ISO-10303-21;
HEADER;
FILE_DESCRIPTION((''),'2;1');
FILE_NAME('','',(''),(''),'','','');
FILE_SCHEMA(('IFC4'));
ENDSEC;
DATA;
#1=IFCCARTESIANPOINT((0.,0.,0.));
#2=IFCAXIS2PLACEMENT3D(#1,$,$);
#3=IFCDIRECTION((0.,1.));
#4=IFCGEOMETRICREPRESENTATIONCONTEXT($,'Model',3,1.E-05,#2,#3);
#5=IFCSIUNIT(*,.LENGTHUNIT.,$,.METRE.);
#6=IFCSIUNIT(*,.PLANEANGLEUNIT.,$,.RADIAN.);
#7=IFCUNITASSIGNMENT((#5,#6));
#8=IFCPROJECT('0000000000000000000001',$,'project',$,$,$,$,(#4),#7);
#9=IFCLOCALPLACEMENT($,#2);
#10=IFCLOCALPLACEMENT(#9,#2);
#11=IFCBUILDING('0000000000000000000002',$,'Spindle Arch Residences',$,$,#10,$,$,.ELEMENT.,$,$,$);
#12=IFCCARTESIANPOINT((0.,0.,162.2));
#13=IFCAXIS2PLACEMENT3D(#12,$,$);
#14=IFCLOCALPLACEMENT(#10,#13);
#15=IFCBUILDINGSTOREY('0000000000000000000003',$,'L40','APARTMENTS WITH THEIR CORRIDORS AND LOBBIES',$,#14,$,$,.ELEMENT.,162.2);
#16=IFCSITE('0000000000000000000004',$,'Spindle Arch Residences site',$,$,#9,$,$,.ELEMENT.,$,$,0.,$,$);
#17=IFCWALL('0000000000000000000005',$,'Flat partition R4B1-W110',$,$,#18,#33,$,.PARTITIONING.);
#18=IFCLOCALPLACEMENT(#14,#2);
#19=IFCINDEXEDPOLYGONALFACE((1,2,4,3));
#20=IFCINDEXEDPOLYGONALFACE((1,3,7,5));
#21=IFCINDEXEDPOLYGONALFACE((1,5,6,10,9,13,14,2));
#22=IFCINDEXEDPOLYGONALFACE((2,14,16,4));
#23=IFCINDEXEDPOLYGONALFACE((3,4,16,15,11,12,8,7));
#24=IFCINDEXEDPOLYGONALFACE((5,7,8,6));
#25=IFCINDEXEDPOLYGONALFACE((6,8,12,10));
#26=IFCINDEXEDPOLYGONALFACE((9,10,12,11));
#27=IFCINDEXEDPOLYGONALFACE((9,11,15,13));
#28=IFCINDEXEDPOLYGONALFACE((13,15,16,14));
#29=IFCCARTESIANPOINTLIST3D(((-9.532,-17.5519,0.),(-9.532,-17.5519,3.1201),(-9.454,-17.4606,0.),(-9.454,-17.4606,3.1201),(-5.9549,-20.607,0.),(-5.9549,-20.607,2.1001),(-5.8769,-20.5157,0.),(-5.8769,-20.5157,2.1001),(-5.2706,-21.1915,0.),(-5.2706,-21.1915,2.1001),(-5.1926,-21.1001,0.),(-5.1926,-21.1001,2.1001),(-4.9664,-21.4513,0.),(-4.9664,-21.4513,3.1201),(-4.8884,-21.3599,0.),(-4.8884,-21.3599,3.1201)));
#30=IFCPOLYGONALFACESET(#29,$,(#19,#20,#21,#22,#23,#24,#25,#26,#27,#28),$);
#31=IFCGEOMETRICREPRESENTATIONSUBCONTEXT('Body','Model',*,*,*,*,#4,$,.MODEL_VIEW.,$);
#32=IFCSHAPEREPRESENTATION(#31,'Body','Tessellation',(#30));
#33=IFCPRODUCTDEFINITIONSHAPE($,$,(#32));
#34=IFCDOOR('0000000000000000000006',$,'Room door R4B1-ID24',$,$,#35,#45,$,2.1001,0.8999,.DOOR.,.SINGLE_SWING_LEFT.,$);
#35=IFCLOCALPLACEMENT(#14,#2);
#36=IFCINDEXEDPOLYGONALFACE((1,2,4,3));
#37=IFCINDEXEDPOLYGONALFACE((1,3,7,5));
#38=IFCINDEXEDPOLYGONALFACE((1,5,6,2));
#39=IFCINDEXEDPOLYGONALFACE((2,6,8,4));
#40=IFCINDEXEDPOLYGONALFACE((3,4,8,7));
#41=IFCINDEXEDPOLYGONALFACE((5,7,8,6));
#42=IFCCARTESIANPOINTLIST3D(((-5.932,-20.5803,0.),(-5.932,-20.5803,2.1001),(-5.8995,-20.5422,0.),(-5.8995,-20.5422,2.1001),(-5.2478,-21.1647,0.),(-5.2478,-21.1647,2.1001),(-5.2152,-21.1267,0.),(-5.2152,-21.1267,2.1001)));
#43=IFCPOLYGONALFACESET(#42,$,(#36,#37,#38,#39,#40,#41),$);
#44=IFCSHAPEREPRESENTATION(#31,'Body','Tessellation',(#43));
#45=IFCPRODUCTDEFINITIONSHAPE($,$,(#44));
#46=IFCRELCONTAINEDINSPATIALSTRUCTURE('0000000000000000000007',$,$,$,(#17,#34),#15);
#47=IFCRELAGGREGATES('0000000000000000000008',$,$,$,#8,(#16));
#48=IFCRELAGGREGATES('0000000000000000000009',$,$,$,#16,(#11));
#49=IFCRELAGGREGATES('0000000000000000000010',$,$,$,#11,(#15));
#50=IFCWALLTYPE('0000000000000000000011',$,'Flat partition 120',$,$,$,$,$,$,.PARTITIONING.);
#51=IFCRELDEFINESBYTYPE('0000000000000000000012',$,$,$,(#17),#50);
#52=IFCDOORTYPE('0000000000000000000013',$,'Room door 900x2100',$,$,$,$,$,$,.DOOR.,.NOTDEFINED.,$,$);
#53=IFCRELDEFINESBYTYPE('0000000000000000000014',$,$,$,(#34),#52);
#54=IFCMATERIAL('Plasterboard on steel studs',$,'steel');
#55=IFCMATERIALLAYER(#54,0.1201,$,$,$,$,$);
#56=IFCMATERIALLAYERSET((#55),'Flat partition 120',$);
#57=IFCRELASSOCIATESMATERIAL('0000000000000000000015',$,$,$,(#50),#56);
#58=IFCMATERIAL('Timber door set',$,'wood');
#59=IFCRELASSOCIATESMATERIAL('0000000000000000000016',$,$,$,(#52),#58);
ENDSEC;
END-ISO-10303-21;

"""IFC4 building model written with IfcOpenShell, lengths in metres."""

from ifc_helpers import new_model, si_unit, direction, frame, frame_2d, origin, place, context, subcontext, project, spatial, rectangle, extrude, material, layer, layer_set, type_object, element, fill, save


model = new_model("IFC4")

# Units and contexts
model_context = context("Model", 3, precision=1e-05, world=origin(), true_north=direction((0.0, 1.0)))
body_context = subcontext(model_context, "Body", "Model", "MODEL_VIEW")
ifc_project = project(units=[si_unit("LENGTHUNIT", "METRE"), si_unit("PLANEANGLEUNIT", "RADIAN")], contexts=[model_context])

# Site, building, storey
site_placement = place(None, origin())
site = spatial("IfcSite", under=ifc_project, at=site_placement, Name="Spindle Arch Residences site", CompositionType="ELEMENT", RefElevation=0.0)
building_placement = place(site_placement, origin())
building = spatial("IfcBuilding", under=site, at=building_placement, Name="Spindle Arch Residences", CompositionType="ELEMENT")
storey_placement = place(building_placement, frame((0.0, 0.0, 162.2)))
storey = spatial("IfcBuildingStorey", under=building, at=storey_placement, Name="L40", Description="APARTMENTS WITH THEIR CORRIDORS AND LOBBIES", CompositionType="ELEMENT", Elevation=162.2)

# Shared definitions
ifc_material_1 = material(Name="Plasterboard on steel studs", Category="steel")
ifc_layer_1 = layer(ifc_material_1, 0.1201)
ifc_layer_set_1 = layer_set([ifc_layer_1], Name="Flat partition 120")
wall_type = type_object("IfcWallType", Name="Flat partition 120", PredefinedType="PARTITIONING", material=ifc_layer_set_1)
ifc_material_2 = material(Name="Timber door set", Category="wood")
door_type_1 = type_object("IfcDoorType", Name="Room door 900x2100", OperationType="NOTDEFINED", PredefinedType="DOOR", material=ifc_material_2)

# Wall, opening, door
wall_1_placement = place(storey_placement, frame((-4.9275, -21.4055, 0.0), z_axis=(0.0, 0.0, 1.0), x_axis=(-0.760409, 0.649444, 0.0)))
wall_1 = element("IfcWall", 1, at=wall_1_placement, inside=storey, type_object=wall_type, Name="Flat partition R4B1-W110", PredefinedType="PARTITIONING", context=body_context, shape_type="SweptSolid", body=[
    extrude(rectangle(XDim=6.0042, YDim=0.1201, at=frame_2d((3.002, 0.0))), origin(), (0.0, 0.0, 1.0), 3.1201),
])
opening_1_placement = place(wall_1_placement, frame((0.3999, 0.0, 0.0)))
opening_1 = element("IfcOpeningElement", 2, at=opening_1_placement, cuts=wall_1, PredefinedType="OPENING", context=body_context, shape_type="SweptSolid", body=[
    extrude(rectangle(XDim=0.8999, YDim=2.1001, at=frame_2d((0.45, 1.05))), frame((0.0, 0.0701, 0.0), z_axis=(0.0, -1.0, 0.0), x_axis=(1.0, 0.0, 0.0)), (0.0, 0.0, 1.0), 0.1401),
])
door_1_placement = place(opening_1_placement, origin())
door_1 = element("IfcDoor", 3, at=door_1_placement, inside=storey, type_object=door_type_1, Name="Room door R4B1-ID24", OperationType="SINGLE_SWING_LEFT", OverallHeight=2.1001, OverallWidth=0.8999, PredefinedType="DOOR", context=body_context, shape_type="SweptSolid", body=[
    extrude(rectangle(XDim=0.8999, YDim=2.1001, at=frame_2d((0.45, 1.05))), frame((0.0, 0.0249, 0.0), z_axis=(0.0, -1.0, 0.0), x_axis=(1.0, 0.0, 0.0)), (0.0, 0.0, 1.0), 0.05),
])
fill(opening_1, door_1)

save(model, "model.ifc")
